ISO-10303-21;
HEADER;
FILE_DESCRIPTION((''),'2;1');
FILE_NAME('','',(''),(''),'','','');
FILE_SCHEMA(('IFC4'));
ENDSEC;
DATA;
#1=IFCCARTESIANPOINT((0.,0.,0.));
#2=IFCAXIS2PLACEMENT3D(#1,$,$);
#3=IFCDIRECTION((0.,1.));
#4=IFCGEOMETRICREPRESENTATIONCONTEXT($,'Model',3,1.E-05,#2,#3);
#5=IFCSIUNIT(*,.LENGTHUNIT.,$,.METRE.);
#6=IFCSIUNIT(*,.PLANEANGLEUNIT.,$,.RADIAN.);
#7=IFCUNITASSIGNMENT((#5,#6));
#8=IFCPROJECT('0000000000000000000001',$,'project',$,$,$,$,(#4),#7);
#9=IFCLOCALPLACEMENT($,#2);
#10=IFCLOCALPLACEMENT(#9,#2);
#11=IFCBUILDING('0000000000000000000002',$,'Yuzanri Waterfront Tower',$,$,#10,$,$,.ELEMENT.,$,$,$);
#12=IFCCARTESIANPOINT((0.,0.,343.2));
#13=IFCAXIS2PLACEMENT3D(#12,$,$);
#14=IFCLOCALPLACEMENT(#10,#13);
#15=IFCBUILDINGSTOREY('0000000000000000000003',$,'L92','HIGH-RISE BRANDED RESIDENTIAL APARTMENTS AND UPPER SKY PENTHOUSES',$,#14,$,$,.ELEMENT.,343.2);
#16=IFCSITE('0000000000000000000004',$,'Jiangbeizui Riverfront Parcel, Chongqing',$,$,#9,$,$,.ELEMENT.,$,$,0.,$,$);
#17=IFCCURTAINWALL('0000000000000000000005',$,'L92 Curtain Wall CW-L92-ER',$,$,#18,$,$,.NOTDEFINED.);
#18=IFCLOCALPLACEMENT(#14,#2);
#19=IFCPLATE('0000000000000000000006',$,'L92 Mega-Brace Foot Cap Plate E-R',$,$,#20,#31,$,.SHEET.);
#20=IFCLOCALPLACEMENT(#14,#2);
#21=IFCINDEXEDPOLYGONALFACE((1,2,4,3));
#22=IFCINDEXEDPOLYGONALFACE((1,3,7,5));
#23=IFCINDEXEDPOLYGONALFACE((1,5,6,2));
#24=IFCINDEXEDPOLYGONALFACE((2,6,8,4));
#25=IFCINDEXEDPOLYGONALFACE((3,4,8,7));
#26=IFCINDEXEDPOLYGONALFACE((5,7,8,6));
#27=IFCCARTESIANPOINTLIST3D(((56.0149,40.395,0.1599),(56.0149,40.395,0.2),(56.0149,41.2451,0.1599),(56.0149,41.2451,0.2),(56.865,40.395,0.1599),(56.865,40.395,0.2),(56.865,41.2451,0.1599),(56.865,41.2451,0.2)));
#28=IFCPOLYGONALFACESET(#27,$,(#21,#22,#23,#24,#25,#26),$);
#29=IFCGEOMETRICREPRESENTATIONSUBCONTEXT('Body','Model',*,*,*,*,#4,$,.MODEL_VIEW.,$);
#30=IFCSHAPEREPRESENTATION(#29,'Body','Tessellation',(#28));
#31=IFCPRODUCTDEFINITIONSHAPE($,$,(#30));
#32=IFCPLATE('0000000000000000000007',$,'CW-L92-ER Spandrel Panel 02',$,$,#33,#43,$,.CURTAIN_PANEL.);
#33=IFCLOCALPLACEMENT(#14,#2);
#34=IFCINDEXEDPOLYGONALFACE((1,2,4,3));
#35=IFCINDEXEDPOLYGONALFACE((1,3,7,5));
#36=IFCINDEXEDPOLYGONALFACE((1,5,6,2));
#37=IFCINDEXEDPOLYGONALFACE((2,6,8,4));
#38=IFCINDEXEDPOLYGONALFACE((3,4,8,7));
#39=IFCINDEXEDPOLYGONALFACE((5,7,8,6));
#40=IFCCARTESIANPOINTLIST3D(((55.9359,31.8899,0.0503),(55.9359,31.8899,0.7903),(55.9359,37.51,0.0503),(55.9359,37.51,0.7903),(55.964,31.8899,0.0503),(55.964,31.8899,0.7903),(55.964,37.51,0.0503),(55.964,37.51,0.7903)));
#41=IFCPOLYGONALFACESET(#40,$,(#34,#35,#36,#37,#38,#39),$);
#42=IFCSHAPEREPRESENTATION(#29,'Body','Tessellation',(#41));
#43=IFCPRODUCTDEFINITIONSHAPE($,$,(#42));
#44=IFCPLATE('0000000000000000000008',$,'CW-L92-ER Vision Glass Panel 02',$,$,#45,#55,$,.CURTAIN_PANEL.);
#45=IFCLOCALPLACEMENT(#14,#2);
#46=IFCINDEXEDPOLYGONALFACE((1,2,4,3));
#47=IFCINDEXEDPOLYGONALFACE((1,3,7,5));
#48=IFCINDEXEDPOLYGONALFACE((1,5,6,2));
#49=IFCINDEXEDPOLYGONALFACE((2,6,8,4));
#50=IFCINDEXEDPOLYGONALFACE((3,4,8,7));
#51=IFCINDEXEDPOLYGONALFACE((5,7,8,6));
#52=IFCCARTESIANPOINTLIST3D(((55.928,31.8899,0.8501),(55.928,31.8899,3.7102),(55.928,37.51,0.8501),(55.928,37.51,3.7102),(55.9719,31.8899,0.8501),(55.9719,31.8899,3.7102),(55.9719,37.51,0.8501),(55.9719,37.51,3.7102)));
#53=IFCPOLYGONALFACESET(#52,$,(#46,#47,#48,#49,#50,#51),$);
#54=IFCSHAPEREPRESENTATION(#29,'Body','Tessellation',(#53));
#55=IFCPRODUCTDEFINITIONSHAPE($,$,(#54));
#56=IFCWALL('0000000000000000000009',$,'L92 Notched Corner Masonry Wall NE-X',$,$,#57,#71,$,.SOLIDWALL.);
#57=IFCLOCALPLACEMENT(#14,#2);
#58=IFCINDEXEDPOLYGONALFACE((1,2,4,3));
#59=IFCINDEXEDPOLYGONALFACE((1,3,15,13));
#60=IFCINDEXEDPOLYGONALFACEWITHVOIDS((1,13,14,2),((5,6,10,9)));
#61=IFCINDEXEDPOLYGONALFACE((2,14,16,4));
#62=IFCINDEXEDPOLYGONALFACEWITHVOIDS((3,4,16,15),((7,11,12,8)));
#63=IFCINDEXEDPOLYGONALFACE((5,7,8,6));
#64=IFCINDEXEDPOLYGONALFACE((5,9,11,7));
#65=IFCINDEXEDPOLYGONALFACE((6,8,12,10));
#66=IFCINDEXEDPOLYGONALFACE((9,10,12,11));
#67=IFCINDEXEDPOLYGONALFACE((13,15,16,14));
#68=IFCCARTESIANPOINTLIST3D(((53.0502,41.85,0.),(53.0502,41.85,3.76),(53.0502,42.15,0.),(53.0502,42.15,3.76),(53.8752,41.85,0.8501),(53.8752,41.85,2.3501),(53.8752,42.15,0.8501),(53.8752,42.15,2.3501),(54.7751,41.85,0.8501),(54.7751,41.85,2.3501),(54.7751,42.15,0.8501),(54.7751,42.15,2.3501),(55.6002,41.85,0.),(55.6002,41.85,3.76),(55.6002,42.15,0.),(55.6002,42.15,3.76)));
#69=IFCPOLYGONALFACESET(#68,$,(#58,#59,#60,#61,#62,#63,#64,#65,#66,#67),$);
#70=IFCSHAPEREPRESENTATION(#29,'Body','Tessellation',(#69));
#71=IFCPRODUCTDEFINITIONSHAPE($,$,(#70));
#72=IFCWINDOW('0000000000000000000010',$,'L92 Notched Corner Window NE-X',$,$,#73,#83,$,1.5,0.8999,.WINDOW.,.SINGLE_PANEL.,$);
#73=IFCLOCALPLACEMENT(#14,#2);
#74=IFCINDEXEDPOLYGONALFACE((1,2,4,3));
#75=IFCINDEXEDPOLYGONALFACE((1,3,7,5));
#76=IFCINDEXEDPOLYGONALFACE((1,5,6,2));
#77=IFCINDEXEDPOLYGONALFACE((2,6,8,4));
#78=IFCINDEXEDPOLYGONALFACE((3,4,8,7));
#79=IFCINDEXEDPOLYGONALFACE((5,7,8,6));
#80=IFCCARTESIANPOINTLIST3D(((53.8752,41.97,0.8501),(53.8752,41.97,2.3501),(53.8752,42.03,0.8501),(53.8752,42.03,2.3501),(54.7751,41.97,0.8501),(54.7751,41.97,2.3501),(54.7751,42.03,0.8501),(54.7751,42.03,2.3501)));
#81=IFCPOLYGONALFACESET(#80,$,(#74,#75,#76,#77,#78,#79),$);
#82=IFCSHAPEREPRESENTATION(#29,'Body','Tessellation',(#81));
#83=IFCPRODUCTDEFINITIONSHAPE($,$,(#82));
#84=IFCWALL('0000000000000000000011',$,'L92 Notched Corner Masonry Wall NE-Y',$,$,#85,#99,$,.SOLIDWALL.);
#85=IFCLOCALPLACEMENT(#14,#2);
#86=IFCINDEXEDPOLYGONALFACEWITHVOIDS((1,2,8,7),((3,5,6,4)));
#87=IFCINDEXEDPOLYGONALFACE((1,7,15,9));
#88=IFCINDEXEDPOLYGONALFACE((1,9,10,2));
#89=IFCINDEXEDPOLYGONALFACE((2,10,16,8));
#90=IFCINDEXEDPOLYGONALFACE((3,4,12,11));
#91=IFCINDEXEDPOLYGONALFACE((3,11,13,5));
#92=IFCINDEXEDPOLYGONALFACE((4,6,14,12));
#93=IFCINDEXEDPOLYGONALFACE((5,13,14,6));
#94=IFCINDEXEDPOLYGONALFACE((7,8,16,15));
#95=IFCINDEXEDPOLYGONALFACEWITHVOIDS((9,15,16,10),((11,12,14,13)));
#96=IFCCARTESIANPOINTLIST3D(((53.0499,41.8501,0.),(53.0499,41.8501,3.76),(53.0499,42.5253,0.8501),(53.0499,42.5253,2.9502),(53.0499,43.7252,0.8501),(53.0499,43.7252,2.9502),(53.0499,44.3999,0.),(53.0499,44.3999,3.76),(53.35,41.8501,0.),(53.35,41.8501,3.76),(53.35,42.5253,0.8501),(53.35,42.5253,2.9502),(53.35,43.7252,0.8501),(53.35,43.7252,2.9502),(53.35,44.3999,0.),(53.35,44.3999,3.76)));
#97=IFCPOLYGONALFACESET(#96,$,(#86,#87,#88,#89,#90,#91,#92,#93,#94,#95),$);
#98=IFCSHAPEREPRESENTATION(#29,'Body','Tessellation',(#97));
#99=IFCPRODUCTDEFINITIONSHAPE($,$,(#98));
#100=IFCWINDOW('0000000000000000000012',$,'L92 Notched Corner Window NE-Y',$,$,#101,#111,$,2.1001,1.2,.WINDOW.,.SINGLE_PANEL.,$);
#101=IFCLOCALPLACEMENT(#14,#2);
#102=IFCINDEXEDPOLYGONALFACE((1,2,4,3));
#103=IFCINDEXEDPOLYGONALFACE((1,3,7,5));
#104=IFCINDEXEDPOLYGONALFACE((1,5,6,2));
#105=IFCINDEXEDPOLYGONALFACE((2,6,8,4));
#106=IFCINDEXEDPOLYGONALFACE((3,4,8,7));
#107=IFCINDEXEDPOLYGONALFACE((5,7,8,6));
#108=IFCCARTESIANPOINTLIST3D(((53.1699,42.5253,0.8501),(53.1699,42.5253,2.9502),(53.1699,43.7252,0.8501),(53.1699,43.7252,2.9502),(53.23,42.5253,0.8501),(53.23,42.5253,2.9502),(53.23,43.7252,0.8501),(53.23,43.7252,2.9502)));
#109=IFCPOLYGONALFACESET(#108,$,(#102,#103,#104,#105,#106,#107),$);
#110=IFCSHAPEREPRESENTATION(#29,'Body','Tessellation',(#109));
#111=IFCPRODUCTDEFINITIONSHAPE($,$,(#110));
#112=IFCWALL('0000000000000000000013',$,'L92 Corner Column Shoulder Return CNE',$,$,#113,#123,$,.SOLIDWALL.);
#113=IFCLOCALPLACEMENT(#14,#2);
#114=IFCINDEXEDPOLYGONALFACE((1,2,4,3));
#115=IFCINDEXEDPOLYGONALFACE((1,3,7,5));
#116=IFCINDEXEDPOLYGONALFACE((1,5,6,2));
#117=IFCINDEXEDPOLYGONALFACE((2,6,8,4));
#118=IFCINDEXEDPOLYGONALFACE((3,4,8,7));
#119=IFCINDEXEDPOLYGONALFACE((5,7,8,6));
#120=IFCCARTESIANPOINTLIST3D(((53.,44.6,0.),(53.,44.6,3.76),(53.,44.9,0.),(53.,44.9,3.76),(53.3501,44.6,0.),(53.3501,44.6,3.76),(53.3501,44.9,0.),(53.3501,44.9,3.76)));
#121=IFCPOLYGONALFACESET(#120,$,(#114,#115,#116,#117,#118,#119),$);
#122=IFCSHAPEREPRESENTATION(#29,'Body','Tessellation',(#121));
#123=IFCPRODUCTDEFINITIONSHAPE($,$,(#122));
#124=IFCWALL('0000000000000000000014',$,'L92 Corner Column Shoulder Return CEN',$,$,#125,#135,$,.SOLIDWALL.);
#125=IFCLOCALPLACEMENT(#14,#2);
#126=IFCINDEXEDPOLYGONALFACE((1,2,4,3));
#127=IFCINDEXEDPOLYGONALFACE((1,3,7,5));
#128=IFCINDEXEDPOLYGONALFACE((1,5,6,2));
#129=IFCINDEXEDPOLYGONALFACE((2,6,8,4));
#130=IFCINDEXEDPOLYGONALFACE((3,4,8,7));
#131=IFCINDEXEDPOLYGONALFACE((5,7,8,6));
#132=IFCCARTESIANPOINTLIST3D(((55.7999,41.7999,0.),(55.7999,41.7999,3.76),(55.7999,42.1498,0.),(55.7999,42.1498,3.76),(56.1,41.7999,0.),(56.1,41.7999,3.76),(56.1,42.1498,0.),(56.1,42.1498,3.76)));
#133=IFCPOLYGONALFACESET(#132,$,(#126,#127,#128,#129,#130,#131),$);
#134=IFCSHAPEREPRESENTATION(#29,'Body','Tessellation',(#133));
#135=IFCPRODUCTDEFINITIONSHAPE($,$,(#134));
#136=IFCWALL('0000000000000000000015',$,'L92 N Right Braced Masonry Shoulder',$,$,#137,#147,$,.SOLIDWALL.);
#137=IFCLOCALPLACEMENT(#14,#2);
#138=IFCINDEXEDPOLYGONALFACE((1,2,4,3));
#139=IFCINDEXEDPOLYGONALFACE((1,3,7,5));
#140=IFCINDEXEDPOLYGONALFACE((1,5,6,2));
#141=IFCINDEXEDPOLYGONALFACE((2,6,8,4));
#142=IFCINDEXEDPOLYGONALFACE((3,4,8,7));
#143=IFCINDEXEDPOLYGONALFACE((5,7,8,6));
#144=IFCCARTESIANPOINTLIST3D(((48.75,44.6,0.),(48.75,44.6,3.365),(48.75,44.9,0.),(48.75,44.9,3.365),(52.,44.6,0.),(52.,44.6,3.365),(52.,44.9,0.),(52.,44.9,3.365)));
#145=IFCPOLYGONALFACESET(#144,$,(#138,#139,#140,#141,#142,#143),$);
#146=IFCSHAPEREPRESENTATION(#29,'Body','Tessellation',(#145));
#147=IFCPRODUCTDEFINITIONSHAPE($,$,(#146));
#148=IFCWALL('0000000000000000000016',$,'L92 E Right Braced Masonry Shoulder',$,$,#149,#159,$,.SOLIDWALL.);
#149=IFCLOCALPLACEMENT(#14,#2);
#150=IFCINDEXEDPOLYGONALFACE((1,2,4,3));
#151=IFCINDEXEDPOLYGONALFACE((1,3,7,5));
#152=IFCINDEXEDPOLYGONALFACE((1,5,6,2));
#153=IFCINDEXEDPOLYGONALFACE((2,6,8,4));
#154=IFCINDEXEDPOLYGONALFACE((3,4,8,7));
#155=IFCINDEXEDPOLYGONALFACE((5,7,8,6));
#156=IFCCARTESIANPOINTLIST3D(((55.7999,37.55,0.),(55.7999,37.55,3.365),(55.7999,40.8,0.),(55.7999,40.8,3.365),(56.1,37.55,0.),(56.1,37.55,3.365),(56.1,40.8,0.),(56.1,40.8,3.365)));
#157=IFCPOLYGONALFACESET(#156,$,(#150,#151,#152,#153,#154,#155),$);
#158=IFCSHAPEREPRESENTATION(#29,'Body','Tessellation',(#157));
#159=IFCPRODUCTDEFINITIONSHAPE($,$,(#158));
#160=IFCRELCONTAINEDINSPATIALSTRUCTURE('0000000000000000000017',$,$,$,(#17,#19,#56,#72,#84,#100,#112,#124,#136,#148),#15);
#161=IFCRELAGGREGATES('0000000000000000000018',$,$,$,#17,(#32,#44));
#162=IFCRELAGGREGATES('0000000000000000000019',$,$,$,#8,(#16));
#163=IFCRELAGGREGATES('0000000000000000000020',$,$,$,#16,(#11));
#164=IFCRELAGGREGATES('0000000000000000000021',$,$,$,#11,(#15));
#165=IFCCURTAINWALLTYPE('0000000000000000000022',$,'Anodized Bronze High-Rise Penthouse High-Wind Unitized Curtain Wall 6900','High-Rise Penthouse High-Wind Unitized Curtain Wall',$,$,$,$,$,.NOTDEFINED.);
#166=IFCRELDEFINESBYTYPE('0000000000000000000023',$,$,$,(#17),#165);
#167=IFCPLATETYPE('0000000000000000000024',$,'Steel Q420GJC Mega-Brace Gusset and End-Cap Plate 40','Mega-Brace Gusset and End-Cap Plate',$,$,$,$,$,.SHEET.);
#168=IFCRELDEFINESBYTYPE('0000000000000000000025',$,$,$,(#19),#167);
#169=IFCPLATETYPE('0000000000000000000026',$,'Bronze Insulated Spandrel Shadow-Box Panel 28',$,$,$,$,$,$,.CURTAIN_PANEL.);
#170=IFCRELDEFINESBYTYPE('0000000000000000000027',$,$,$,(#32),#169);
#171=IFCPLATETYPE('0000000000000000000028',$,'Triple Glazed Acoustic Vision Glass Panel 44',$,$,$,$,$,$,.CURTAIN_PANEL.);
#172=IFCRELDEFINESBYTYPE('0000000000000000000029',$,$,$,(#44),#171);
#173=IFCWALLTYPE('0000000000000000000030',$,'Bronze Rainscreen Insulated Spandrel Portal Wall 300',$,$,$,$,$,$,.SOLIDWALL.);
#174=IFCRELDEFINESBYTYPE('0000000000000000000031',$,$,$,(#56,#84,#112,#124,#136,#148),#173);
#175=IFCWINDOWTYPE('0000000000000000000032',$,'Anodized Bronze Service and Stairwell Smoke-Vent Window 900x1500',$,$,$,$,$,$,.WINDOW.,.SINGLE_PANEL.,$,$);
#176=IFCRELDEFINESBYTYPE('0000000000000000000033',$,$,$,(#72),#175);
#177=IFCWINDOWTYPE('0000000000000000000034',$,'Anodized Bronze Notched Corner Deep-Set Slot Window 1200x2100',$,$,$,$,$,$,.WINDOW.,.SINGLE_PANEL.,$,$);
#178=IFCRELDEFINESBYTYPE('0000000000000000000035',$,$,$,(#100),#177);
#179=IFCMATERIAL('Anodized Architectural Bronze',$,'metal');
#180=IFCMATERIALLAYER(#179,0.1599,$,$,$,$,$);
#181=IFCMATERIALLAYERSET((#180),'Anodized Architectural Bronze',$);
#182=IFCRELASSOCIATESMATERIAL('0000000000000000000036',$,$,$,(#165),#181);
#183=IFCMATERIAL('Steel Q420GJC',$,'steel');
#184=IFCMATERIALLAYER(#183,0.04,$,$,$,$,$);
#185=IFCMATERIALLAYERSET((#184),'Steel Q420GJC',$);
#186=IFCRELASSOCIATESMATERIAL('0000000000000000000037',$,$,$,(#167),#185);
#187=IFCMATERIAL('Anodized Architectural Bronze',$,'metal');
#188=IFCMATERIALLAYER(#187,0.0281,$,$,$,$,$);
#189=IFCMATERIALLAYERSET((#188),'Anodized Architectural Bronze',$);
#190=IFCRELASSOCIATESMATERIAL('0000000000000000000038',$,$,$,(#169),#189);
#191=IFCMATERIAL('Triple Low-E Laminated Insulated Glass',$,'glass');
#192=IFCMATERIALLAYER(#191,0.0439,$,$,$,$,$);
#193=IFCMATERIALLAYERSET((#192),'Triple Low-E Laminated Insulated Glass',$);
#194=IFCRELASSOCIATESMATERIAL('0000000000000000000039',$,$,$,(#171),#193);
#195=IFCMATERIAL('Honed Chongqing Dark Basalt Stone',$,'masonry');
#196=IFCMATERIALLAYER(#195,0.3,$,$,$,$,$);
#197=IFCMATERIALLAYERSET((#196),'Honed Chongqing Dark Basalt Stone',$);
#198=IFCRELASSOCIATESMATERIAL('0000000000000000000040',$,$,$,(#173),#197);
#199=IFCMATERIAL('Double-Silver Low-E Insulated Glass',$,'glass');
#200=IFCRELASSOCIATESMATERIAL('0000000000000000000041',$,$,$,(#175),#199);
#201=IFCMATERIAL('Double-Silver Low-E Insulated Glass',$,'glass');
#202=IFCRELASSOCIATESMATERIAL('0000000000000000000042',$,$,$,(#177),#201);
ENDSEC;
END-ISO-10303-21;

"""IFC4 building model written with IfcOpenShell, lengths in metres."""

from ifc_helpers import new_model, si_unit, direction, frame, frame_2d, origin, origin_2d, place, context, subcontext, project, spatial, rectangle, extrude, source, transform, mapped, material, layer, layer_set, type_object, element, fill, aggregate, save


model = new_model("IFC4")

# Units and contexts
model_context = context("Model", 3, precision=1e-05, world=origin(), true_north=direction((0.0, 1.0)))
body_context = subcontext(model_context, "Body", "Model", "MODEL_VIEW")
ifc_project = project(units=[si_unit("LENGTHUNIT", "METRE"), si_unit("PLANEANGLEUNIT", "RADIAN")], contexts=[model_context])

# Site, building, storey
site_placement = place(None, origin())
site = spatial("IfcSite", under=ifc_project, at=site_placement, Name="Jiangbeizui Riverfront Parcel, Chongqing", CompositionType="ELEMENT", RefElevation=0.0)
building_placement = place(site_placement, origin())
building = spatial("IfcBuilding", under=site, at=building_placement, Name="Yuzanri Waterfront Tower", CompositionType="ELEMENT")
storey_placement = place(building_placement, frame((0.0, 0.0, 343.2)))
storey = spatial("IfcBuildingStorey", under=building, at=storey_placement, Name="L92", Description="HIGH-RISE BRANDED RESIDENTIAL APARTMENTS AND UPPER SKY PENTHOUSES", CompositionType="ELEMENT", Elevation=343.2)

# Curtain wall
ifc_material_1 = material(Name="Anodized Architectural Bronze", Category="metal")
ifc_layer_1 = layer(ifc_material_1, 0.1599)
ifc_layer_set_1 = layer_set([ifc_layer_1], Name="Anodized Architectural Bronze")
curtain_wall_type = type_object("IfcCurtainWallType", Name="Anodized Bronze High-Rise Penthouse High-Wind Unitized Curtain Wall 6900", Description="High-Rise Penthouse High-Wind Unitized Curtain Wall", PredefinedType="NOTDEFINED", material=ifc_layer_set_1)
curtain_wall_1_placement = place(storey_placement, origin())
curtain_wall_1 = element("IfcCurtainWall", 1, at=curtain_wall_1_placement, inside=storey, type_object=curtain_wall_type, Name="L92 Curtain Wall CW-L92-ER", PredefinedType="NOTDEFINED")

# Plate
ifc_material_2 = material(Name="Steel Q420GJC", Category="steel")
ifc_layer_2 = layer(ifc_material_2, 0.04)
ifc_layer_set_2 = layer_set([ifc_layer_2], Name="Steel Q420GJC")
plate_type_1 = type_object("IfcPlateType", Name="Steel Q420GJC Mega-Brace Gusset and End-Cap Plate 40", Description="Mega-Brace Gusset and End-Cap Plate", PredefinedType="SHEET", material=ifc_layer_set_2)
shared_shape_1 = source(origin(), body_context, "Body", "SweptSolid", [
    extrude(rectangle(XDim=0.8501, YDim=0.8501, at=origin_2d()), origin(), (0.0, 0.0, 1.0), 0.04),
])
for number, where, z_axis, x_axis, name in (
    (2, (56.4399, 40.8201, 0.1599), (0.0, 0.0, 1.0), (1.0, 0.0, 0.0), "L92 Mega-Brace Foot Cap Plate E-R"),
):
    element("IfcPlate", number, at=place(storey_placement, frame(where, z_axis=z_axis, x_axis=x_axis)), inside=storey, type_object=plate_type_1, Name=name, PredefinedType="SHEET", context=body_context, shape_type="MappedRepresentation", body=[
        mapped(shared_shape_1, transform((0.0, 0.0, 0.0), scale=1.0)),
    ])

# Plates
ifc_material_3 = material(Name="Anodized Architectural Bronze", Category="metal")
ifc_layer_3 = layer(ifc_material_3, 0.0281)
ifc_layer_set_3 = layer_set([ifc_layer_3], Name="Anodized Architectural Bronze")
plate_type_2 = type_object("IfcPlateType", Name="Bronze Insulated Spandrel Shadow-Box Panel 28", PredefinedType="CURTAIN_PANEL", material=ifc_layer_set_3)
shared_shape_2 = source(origin(), body_context, "Body", "SweptSolid", [
    extrude(rectangle(XDim=5.6201, YDim=0.0281, at=origin_2d()), origin(), (0.0, 0.0, 1.0), 0.74),
])
plate_1_placement = place(storey_placement, frame((55.95, 34.7, 0.0503), z_axis=(0.0, 0.0, 1.0), x_axis=(0.0, 1.0, 0.0)))
plate_1 = element("IfcPlate", 3, at=plate_1_placement, type_object=plate_type_2, Name="CW-L92-ER Spandrel Panel 02", PredefinedType="CURTAIN_PANEL", context=body_context, shape_type="MappedRepresentation", body=[
    mapped(shared_shape_2, transform((0.0, 0.0, 0.0), scale=1.0)),
])
ifc_material_4 = material(Name="Triple Low-E Laminated Insulated Glass", Category="glass")
ifc_layer_4 = layer(ifc_material_4, 0.0439)
ifc_layer_set_4 = layer_set([ifc_layer_4], Name="Triple Low-E Laminated Insulated Glass")
plate_type_3 = type_object("IfcPlateType", Name="Triple Glazed Acoustic Vision Glass Panel 44", PredefinedType="CURTAIN_PANEL", material=ifc_layer_set_4)
shared_shape_3 = source(origin(), body_context, "Body", "SweptSolid", [
    extrude(rectangle(XDim=5.6201, YDim=0.0439, at=origin_2d()), origin(), (0.0, 0.0, 1.0), 2.8601),
])
plate_2_placement = place(storey_placement, frame((55.95, 34.7, 0.8501), z_axis=(0.0, 0.0, 1.0), x_axis=(0.0, 1.0, 0.0)))
plate_2 = element("IfcPlate", 4, at=plate_2_placement, type_object=plate_type_3, Name="CW-L92-ER Vision Glass Panel 02", PredefinedType="CURTAIN_PANEL", context=body_context, shape_type="MappedRepresentation", body=[
    mapped(shared_shape_3, transform((0.0, 0.0, 0.0), scale=1.0)),
])
aggregate(curtain_wall_1, [plate_1, plate_2])

# Walls, openings, windows
ifc_material_5 = material(Name="Honed Chongqing Dark Basalt Stone", Category="masonry")
ifc_layer_5 = layer(ifc_material_5, 0.3)
ifc_layer_set_5 = layer_set([ifc_layer_5], Name="Honed Chongqing Dark Basalt Stone")
wall_type_1 = type_object("IfcWallType", Name="Bronze Rainscreen Insulated Spandrel Portal Wall 300", PredefinedType="SOLIDWALL", material=ifc_layer_set_5)
wall_1_placement = place(storey_placement, frame((55.6001, 42.0, 0.0), z_axis=(0.0, 0.0, 1.0), x_axis=(-1.0, 0.0, 0.0)))
wall_1 = element("IfcWall", 5, at=wall_1_placement, inside=storey, type_object=wall_type_1, Name="L92 Notched Corner Masonry Wall NE-X", PredefinedType="SOLIDWALL", context=body_context, shape_type="SweptSolid", body=[
    extrude(rectangle(XDim=2.55, YDim=0.3, at=frame_2d((1.2749, 0.0))), origin(), (0.0, 0.0, 1.0), 3.76),
])
opening_1_placement = place(wall_1_placement, frame((0.825, 0.0, 0.8501)))
opening_1 = element("IfcOpeningElement", 6, at=opening_1_placement, cuts=wall_1, PredefinedType="OPENING", context=body_context, shape_type="SweptSolid", body=[
    extrude(rectangle(XDim=0.8999, YDim=1.5, at=frame_2d((0.45, 0.75))), frame((0.0, 0.165, 0.0), z_axis=(0.0, -1.0, 0.0), x_axis=(1.0, 0.0, 0.0)), (0.0, 0.0, 1.0), 0.3298),
])
ifc_material_6 = material(Name="Double-Silver Low-E Insulated Glass", Category="glass")
window_type_1 = type_object("IfcWindowType", Name="Anodized Bronze Service and Stairwell Smoke-Vent Window 900x1500", PartitioningType="SINGLE_PANEL", PredefinedType="WINDOW", material=ifc_material_6)
shared_shape_4 = source(origin(), body_context, "Body", "SweptSolid", [
    extrude(rectangle(XDim=0.8999, YDim=1.5, at=frame_2d((0.45, 0.75))), frame((0.0, 0.03, 0.0), z_axis=(0.0, -1.0, 0.0), x_axis=(1.0, 0.0, 0.0)), (0.0, 0.0, 1.0), 0.0601),
])
window_1_placement = place(opening_1_placement, origin())
window_1 = element("IfcWindow", 7, at=window_1_placement, inside=storey, type_object=window_type_1, Name="L92 Notched Corner Window NE-X", OverallHeight=1.5, OverallWidth=0.8999, PartitioningType="SINGLE_PANEL", PredefinedType="WINDOW", context=body_context, shape_type="MappedRepresentation", body=[
    mapped(shared_shape_4, transform((0.0, 0.0, 0.0), scale=1.0)),
])
fill(opening_1, window_1)
wall_2_placement = place(storey_placement, frame((53.2, 41.8501, 0.0), z_axis=(0.0, 0.0, 1.0), x_axis=(0.0, 1.0, 0.0)))
wall_2 = element("IfcWall", 8, at=wall_2_placement, inside=storey, type_object=wall_type_1, Name="L92 Notched Corner Masonry Wall NE-Y", PredefinedType="SOLIDWALL", context=body_context, shape_type="SweptSolid", body=[
    extrude(rectangle(XDim=2.5498, YDim=0.3, at=frame_2d((1.2749, 0.0))), origin(), (0.0, 0.0, 1.0), 3.76),
])
opening_2_placement = place(wall_2_placement, frame((0.675, 0.0, 0.8501)))
opening_2 = element("IfcOpeningElement", 9, at=opening_2_placement, cuts=wall_2, PredefinedType="OPENING", context=body_context, shape_type="SweptSolid", body=[
    extrude(rectangle(XDim=1.2, YDim=2.1001, at=frame_2d((0.6001, 1.05))), frame((0.0, 0.165, 0.0), z_axis=(0.0, -1.0, 0.0), x_axis=(1.0, 0.0, 0.0)), (0.0, 0.0, 1.0), 0.3298),
])
ifc_material_7 = material(Name="Double-Silver Low-E Insulated Glass", Category="glass")
window_type_2 = type_object("IfcWindowType", Name="Anodized Bronze Notched Corner Deep-Set Slot Window 1200x2100", PartitioningType="SINGLE_PANEL", PredefinedType="WINDOW", material=ifc_material_7)
shared_shape_5 = source(origin(), body_context, "Body", "SweptSolid", [
    extrude(rectangle(XDim=1.2, YDim=2.1001, at=frame_2d((0.6001, 1.05))), frame((0.0, 0.03, 0.0), z_axis=(0.0, -1.0, 0.0), x_axis=(1.0, 0.0, 0.0)), (0.0, 0.0, 1.0), 0.0601),
])
window_2_placement = place(opening_2_placement, origin())
window_2 = element("IfcWindow", 10, at=window_2_placement, inside=storey, type_object=window_type_2, Name="L92 Notched Corner Window NE-Y", OverallHeight=2.1001, OverallWidth=1.2, PartitioningType="SINGLE_PANEL", PredefinedType="WINDOW", context=body_context, shape_type="MappedRepresentation", body=[
    mapped(shared_shape_5, transform((0.0, 0.0, 0.0), scale=1.0)),
])
fill(opening_2, window_2)

# Walls
shared_shape_6 = source(origin(), body_context, "Body", "SweptSolid", [
    extrude(rectangle(XDim=0.3501, YDim=0.3, at=frame_2d((0.175, 0.0))), origin(), (0.0, 0.0, 1.0), 3.76),
])
wall_3_placement = place(storey_placement, frame((53.0, 44.75, 0.0), z_axis=(0.0, 0.0, 1.0), x_axis=(1.0, 0.0, 0.0)))
element("IfcWall", 11, at=wall_3_placement, inside=storey, type_object=wall_type_1, Name="L92 Corner Column Shoulder Return CNE", PredefinedType="SOLIDWALL", context=body_context, shape_type="MappedRepresentation", body=[
    mapped(shared_shape_6, transform((0.0, 0.0, 0.0), scale=1.0)),
])
shared_shape_7 = source(origin(), body_context, "Body", "SweptSolid", [
    extrude(rectangle(XDim=0.3499, YDim=0.3, at=frame_2d((0.1748, 0.0))), origin(), (0.0, 0.0, 1.0), 3.76),
])
wall_4_placement = place(storey_placement, frame((55.95, 41.8, 0.0), z_axis=(0.0, 0.0, 1.0), x_axis=(0.0, 1.0, 0.0)))
element("IfcWall", 12, at=wall_4_placement, inside=storey, type_object=wall_type_1, Name="L92 Corner Column Shoulder Return CEN", PredefinedType="SOLIDWALL", context=body_context, shape_type="MappedRepresentation", body=[
    mapped(shared_shape_7, transform((0.0, 0.0, 0.0), scale=1.0)),
])
shared_shape_8 = source(origin(), body_context, "Body", "SweptSolid", [
    extrude(rectangle(XDim=3.25, YDim=0.3, at=frame_2d((1.625, 0.0))), origin(), (0.0, 0.0, 1.0), 3.365),
])
for number, where, z_axis, x_axis, name in (
    (13, (48.75, 44.75, 0.0), (0.0, 0.0, 1.0), (1.0, 0.0, 0.0), "L92 N Right Braced Masonry Shoulder"),
    (14, (55.95, 37.55, 0.0), (0.0, 0.0, 1.0), (0.0, 1.0, 0.0), "L92 E Right Braced Masonry Shoulder"),
):
    element("IfcWall", number, at=place(storey_placement, frame(where, z_axis=z_axis, x_axis=x_axis)), inside=storey, type_object=wall_type_1, Name=name, PredefinedType="SOLIDWALL", context=body_context, shape_type="MappedRepresentation", body=[
        mapped(shared_shape_8, transform((0.0, 0.0, 0.0), scale=1.0)),
    ])

save(model, "model.ifc")
